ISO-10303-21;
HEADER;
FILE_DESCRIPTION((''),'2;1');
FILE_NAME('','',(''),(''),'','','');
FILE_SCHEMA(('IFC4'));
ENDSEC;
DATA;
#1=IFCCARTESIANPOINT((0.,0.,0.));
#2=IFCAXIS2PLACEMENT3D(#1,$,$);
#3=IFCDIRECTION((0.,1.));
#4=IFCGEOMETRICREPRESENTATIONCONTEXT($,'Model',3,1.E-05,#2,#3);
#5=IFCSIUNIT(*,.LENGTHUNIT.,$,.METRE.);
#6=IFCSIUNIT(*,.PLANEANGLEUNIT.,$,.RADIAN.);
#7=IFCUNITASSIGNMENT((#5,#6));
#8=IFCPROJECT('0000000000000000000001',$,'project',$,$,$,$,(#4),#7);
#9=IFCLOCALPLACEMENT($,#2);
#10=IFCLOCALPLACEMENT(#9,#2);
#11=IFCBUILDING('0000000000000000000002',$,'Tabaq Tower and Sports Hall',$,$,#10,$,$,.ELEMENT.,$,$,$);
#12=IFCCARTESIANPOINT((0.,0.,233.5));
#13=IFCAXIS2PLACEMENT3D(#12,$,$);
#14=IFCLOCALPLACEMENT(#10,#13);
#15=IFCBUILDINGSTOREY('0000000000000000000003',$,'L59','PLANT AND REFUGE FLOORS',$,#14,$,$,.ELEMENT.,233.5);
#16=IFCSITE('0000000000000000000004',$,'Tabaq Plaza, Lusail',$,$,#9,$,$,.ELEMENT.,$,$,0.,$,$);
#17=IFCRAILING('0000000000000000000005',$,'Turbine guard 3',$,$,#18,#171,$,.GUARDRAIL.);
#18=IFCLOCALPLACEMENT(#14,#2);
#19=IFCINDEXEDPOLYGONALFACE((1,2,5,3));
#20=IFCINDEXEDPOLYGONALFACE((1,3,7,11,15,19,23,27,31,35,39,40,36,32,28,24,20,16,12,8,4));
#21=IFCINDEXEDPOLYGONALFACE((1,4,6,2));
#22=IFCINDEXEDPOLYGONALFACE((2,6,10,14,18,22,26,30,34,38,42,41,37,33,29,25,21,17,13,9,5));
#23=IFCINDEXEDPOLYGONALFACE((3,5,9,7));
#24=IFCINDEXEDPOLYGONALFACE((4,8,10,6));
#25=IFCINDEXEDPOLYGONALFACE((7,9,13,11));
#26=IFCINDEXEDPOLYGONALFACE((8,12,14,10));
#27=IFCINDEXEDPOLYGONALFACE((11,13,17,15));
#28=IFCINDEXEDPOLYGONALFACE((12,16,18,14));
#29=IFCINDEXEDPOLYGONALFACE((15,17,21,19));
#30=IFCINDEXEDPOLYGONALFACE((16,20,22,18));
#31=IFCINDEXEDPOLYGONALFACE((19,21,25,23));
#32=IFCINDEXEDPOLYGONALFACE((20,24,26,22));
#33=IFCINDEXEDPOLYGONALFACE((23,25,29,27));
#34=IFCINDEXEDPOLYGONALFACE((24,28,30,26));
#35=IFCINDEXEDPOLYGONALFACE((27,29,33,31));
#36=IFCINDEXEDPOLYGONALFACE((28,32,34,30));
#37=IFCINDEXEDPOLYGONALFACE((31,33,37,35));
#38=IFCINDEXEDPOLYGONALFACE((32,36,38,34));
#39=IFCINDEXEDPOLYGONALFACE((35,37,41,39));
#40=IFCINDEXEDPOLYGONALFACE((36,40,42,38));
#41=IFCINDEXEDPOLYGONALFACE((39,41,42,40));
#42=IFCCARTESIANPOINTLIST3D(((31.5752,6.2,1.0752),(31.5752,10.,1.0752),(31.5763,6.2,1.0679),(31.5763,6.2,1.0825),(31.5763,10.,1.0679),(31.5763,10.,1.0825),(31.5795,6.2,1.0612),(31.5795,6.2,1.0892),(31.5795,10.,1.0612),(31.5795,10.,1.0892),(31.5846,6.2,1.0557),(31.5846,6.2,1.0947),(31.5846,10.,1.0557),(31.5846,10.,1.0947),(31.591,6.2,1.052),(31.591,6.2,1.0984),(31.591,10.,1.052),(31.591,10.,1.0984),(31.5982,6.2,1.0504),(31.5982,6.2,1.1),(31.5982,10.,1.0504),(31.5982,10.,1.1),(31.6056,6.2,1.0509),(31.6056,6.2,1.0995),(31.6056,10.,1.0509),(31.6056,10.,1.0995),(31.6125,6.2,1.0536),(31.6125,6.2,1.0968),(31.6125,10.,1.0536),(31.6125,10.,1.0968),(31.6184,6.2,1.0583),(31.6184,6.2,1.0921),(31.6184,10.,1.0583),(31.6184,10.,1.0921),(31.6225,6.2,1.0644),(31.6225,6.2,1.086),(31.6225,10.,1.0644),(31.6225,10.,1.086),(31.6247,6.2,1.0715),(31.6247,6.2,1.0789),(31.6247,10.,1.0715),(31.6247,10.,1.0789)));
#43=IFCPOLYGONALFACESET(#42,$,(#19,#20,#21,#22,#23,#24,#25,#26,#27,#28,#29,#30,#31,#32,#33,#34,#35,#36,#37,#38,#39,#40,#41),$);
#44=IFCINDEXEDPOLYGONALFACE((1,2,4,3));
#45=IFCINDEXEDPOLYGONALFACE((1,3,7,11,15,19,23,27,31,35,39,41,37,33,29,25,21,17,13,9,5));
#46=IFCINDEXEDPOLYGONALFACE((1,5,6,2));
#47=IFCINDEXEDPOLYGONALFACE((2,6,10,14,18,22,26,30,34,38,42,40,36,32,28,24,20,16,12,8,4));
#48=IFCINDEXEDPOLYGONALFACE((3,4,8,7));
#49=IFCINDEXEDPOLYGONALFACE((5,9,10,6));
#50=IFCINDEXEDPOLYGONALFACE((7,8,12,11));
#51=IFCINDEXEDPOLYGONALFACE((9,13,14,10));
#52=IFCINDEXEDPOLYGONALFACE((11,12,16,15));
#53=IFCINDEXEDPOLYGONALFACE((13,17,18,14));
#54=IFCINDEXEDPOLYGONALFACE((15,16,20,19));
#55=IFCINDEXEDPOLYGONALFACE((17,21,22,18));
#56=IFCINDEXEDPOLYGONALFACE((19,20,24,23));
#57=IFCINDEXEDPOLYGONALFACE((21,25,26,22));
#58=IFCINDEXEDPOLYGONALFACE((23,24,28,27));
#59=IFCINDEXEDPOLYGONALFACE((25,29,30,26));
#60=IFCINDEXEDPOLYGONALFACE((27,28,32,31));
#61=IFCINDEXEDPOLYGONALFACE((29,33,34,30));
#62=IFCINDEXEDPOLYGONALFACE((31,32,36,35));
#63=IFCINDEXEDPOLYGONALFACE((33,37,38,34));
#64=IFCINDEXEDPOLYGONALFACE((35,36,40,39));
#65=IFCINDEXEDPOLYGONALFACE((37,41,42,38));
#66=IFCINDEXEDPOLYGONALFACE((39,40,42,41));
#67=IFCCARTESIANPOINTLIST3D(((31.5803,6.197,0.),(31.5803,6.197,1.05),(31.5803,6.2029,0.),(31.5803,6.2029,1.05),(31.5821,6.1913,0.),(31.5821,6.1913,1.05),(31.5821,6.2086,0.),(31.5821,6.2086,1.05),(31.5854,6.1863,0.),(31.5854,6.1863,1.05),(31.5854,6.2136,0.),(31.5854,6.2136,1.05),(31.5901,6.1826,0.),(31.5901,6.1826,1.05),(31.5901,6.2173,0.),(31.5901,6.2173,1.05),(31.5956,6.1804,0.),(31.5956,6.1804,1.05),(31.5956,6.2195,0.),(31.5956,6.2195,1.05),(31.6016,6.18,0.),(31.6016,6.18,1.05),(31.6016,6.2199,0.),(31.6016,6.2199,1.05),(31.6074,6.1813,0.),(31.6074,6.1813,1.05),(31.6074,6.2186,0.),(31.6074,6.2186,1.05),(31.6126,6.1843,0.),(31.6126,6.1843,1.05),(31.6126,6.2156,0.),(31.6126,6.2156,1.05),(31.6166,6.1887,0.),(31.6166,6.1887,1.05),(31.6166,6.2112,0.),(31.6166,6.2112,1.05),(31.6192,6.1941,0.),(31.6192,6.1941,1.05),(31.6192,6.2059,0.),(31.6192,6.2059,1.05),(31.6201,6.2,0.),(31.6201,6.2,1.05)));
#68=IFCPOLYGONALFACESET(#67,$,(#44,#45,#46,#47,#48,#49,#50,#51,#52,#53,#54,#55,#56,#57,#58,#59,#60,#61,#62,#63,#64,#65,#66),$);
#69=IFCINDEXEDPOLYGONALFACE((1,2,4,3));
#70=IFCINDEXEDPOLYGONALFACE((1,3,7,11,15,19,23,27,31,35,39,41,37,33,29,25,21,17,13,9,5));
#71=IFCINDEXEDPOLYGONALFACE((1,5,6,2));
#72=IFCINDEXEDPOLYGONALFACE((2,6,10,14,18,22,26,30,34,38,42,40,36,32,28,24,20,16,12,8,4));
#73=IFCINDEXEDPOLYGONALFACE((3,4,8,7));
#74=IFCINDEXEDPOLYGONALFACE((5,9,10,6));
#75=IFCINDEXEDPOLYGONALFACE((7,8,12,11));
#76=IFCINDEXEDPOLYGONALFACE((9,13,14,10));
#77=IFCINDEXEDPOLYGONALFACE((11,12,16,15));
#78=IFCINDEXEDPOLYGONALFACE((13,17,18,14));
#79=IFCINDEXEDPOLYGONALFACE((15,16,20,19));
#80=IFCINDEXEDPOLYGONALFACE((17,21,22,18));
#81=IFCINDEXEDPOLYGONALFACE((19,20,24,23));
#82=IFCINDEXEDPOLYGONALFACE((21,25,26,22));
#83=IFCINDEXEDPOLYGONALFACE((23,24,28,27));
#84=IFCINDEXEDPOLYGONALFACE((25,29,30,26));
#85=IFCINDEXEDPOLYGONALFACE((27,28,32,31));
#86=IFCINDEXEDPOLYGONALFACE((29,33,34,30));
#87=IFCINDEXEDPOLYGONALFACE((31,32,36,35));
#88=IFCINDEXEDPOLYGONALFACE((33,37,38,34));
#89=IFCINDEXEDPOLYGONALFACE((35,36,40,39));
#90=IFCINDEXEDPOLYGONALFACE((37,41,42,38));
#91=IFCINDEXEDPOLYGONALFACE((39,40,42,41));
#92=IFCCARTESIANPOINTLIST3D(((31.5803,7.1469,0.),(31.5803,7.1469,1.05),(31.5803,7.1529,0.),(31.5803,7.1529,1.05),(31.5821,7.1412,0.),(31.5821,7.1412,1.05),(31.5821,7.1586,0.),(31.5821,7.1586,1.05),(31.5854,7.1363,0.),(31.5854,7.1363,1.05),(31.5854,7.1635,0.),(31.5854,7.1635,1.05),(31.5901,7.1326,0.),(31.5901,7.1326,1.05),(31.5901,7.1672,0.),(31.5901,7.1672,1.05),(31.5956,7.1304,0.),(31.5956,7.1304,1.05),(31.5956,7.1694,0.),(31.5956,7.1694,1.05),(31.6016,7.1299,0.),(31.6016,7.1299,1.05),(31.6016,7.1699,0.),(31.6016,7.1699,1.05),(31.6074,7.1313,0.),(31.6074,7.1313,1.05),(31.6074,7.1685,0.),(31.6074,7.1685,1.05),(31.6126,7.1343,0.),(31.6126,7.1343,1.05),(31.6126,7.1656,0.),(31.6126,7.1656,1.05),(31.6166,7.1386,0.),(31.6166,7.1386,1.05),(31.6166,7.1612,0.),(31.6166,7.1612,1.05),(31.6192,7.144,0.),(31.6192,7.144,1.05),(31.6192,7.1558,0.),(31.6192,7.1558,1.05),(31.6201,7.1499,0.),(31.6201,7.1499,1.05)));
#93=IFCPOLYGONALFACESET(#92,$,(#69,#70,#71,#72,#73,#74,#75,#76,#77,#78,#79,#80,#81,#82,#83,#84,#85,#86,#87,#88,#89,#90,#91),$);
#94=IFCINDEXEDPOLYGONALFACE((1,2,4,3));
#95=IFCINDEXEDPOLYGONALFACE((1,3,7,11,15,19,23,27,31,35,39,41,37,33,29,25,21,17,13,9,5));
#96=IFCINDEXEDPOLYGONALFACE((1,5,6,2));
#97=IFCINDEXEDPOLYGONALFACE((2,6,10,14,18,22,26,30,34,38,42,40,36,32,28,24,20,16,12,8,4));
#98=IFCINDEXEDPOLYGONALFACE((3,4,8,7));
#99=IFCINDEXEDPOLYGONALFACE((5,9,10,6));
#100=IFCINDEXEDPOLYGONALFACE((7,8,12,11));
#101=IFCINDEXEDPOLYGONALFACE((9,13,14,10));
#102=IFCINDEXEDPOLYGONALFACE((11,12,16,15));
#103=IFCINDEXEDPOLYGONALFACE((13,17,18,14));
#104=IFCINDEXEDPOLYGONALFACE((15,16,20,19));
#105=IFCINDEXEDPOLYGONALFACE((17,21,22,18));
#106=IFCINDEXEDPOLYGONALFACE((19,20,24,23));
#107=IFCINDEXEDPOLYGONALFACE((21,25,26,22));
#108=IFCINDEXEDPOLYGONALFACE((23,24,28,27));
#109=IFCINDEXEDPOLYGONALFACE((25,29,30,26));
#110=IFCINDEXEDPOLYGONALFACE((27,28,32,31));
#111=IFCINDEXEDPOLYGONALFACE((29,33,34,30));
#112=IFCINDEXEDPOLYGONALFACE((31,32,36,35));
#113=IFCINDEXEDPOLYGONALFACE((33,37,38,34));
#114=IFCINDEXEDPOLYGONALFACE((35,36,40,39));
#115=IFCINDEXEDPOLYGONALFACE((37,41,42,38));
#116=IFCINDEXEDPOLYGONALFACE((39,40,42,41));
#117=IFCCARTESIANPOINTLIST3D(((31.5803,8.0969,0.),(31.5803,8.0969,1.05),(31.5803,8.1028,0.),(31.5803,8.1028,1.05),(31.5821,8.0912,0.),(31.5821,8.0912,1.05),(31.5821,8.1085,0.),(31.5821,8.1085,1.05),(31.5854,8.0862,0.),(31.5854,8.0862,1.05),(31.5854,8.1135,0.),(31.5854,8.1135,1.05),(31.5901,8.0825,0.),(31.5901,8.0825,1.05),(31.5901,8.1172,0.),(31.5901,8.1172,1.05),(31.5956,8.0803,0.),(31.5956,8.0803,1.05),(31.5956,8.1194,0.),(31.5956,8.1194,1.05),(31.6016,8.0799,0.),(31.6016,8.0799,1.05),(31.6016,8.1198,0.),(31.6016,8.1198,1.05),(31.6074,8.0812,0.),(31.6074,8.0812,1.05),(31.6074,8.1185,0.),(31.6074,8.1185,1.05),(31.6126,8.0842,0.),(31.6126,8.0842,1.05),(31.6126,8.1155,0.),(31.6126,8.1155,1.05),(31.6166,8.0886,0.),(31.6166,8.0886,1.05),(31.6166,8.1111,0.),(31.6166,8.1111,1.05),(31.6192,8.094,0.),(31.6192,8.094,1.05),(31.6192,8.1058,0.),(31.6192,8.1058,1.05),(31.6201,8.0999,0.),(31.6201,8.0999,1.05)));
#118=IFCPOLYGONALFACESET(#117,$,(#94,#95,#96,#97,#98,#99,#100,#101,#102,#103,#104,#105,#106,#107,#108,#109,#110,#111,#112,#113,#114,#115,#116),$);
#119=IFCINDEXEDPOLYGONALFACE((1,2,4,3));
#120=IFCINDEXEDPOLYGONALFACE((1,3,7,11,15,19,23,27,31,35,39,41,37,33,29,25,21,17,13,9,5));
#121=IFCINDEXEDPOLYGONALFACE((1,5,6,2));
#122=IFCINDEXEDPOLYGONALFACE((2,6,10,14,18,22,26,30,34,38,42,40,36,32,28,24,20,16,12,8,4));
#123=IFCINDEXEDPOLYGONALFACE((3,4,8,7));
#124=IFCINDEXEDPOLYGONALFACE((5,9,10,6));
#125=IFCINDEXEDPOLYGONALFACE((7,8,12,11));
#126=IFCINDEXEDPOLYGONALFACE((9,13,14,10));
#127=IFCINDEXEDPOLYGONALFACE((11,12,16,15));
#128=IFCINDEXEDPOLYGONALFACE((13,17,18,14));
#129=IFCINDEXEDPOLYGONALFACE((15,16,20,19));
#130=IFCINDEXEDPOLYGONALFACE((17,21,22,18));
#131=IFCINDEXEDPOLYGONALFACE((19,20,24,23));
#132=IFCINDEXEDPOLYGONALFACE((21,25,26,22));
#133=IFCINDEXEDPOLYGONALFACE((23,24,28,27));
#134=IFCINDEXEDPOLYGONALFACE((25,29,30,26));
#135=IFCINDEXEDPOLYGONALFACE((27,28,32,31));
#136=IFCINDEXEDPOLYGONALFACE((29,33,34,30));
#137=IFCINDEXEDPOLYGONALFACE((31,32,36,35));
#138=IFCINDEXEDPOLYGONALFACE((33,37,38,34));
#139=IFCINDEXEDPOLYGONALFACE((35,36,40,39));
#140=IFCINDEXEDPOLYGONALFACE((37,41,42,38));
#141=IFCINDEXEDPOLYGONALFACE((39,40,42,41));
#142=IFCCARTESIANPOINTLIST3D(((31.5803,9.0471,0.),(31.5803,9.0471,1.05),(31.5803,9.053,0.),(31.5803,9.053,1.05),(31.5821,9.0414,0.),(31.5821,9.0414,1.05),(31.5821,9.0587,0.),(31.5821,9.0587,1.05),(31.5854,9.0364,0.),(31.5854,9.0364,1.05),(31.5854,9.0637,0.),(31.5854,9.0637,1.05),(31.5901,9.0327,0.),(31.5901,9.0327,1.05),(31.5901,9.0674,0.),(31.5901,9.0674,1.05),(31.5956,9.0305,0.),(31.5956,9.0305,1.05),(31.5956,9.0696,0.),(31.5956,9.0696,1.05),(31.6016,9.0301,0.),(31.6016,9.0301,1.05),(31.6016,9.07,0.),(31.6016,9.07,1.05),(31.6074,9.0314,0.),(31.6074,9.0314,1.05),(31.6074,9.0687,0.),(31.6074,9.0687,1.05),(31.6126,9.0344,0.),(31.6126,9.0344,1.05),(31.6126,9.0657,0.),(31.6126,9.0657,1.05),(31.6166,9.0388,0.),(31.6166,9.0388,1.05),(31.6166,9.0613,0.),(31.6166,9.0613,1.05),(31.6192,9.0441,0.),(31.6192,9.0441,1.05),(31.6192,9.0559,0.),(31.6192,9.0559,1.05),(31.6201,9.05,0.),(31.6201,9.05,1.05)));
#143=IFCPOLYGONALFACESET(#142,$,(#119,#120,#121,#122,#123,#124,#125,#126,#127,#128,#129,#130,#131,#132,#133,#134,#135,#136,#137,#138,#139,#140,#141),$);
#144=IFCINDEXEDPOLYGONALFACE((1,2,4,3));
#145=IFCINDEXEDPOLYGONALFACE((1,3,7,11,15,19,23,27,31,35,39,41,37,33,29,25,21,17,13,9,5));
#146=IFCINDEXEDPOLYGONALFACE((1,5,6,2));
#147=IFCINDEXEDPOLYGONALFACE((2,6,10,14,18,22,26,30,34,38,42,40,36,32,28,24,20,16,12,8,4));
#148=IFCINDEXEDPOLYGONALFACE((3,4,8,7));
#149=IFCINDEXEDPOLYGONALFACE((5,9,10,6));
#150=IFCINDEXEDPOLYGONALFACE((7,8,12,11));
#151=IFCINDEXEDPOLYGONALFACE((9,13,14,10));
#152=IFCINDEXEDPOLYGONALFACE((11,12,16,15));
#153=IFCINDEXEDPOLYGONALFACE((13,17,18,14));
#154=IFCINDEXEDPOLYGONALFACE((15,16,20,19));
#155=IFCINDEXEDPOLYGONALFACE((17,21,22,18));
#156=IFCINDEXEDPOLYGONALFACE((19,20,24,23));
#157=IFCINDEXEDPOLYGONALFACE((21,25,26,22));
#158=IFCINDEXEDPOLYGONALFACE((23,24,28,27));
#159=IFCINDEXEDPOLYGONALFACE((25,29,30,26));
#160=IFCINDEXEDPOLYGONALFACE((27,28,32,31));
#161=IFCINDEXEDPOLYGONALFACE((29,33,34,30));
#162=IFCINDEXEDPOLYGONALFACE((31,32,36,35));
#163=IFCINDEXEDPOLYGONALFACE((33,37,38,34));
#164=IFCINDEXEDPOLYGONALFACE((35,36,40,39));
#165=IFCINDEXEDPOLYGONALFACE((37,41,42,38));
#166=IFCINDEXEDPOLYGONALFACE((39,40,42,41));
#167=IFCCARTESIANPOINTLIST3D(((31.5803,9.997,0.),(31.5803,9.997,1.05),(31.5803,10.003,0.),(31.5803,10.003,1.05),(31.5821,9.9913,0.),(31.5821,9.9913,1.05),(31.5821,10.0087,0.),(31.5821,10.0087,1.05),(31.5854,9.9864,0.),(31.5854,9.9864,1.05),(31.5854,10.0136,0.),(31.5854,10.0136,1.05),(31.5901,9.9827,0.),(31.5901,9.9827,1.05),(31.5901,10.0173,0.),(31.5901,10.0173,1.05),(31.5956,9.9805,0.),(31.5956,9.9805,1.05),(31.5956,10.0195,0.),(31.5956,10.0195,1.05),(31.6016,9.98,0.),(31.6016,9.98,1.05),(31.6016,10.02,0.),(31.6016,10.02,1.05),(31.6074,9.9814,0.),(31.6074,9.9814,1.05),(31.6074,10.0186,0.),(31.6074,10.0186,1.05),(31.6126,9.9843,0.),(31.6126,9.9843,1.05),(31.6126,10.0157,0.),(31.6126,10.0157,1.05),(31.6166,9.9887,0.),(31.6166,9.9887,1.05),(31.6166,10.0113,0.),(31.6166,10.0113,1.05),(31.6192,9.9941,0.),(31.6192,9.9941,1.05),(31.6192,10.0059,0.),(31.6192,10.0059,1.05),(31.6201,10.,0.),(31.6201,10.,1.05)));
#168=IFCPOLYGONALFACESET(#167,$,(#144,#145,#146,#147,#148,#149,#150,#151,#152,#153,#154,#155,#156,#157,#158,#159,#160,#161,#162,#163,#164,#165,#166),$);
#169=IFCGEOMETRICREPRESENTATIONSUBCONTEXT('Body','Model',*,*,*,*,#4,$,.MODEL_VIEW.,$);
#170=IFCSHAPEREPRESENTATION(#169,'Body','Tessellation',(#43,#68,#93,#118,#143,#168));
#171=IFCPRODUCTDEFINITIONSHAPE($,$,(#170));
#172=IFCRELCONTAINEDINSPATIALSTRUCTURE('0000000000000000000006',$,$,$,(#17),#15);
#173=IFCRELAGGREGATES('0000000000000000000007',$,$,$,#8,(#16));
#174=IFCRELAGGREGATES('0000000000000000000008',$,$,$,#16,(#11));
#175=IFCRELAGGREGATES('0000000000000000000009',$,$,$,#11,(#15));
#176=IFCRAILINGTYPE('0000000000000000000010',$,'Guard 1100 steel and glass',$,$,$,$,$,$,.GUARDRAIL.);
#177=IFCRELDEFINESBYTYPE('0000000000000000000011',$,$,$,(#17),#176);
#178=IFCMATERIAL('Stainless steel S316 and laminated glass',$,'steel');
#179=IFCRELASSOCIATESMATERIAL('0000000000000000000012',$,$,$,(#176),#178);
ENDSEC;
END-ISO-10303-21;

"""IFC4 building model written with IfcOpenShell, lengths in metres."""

from ifc_helpers import new_model, si_unit, direction, frame, origin, origin_2d, place, context, subcontext, project, spatial, circle, extrude, material, type_object, element, save


model = new_model("IFC4")

# Units and contexts
model_context = context("Model", 3, precision=1e-05, world=origin(), true_north=direction((0.0, 1.0)))
body_context = subcontext(model_context, "Body", "Model", "MODEL_VIEW")
ifc_project = project(units=[si_unit("LENGTHUNIT", "METRE"), si_unit("PLANEANGLEUNIT", "RADIAN")], contexts=[model_context])

# Site, building, storey
site_placement = place(None, origin())
site = spatial("IfcSite", under=ifc_project, at=site_placement, Name="Tabaq Plaza, Lusail", CompositionType="ELEMENT", RefElevation=0.0)
building_placement = place(site_placement, origin())
building = spatial("IfcBuilding", under=site, at=building_placement, Name="Tabaq Tower and Sports Hall", CompositionType="ELEMENT")
storey_placement = place(building_placement, frame((0.0, 0.0, 233.5)))
storey = spatial("IfcBuildingStorey", under=building, at=storey_placement, Name="L59", Description="PLANT AND REFUGE FLOORS", CompositionType="ELEMENT", Elevation=233.5)

# Railing
ifc_material_1 = material(Name="Stainless steel S316 and laminated glass", Category="steel")
railing_type = type_object("IfcRailingType", Name="Guard 1100 steel and glass", PredefinedType="GUARDRAIL", material=ifc_material_1)
railing_1_placement = place(storey_placement, frame((31.6001, 6.2, 0.0)))
element("IfcRailing", 1, at=railing_1_placement, inside=storey, type_object=railing_type, Name="Turbine guard 3", PredefinedType="GUARDRAIL", context=body_context, shape_type="SweptSolid", body=[
    extrude(circle(Radius=0.0249, at=origin_2d()), frame((0.0, 0.0, 1.0752), z_axis=(0.0, 1.0, 0.0), x_axis=(-1.0, 0.0, 0.0)), (0.0, 0.0, 1.0), 3.8),
    extrude(circle(Radius=0.02, at=origin_2d()), origin(), (0.0, 0.0, 1.0), 1.05),
    extrude(circle(Radius=0.02, at=origin_2d()), frame((0.0, 0.95, 0.0)), (0.0, 0.0, 1.0), 1.05),
    extrude(circle(Radius=0.02, at=origin_2d()), frame((0.0, 1.8999, 0.0)), (0.0, 0.0, 1.0), 1.05),
    extrude(circle(Radius=0.02, at=origin_2d()), frame((0.0, 2.8501, 0.0)), (0.0, 0.0, 1.0), 1.05),
    extrude(circle(Radius=0.02, at=origin_2d()), frame((0.0, 3.8, 0.0)), (0.0, 0.0, 1.0), 1.05),
])

save(model, "model.ifc")
